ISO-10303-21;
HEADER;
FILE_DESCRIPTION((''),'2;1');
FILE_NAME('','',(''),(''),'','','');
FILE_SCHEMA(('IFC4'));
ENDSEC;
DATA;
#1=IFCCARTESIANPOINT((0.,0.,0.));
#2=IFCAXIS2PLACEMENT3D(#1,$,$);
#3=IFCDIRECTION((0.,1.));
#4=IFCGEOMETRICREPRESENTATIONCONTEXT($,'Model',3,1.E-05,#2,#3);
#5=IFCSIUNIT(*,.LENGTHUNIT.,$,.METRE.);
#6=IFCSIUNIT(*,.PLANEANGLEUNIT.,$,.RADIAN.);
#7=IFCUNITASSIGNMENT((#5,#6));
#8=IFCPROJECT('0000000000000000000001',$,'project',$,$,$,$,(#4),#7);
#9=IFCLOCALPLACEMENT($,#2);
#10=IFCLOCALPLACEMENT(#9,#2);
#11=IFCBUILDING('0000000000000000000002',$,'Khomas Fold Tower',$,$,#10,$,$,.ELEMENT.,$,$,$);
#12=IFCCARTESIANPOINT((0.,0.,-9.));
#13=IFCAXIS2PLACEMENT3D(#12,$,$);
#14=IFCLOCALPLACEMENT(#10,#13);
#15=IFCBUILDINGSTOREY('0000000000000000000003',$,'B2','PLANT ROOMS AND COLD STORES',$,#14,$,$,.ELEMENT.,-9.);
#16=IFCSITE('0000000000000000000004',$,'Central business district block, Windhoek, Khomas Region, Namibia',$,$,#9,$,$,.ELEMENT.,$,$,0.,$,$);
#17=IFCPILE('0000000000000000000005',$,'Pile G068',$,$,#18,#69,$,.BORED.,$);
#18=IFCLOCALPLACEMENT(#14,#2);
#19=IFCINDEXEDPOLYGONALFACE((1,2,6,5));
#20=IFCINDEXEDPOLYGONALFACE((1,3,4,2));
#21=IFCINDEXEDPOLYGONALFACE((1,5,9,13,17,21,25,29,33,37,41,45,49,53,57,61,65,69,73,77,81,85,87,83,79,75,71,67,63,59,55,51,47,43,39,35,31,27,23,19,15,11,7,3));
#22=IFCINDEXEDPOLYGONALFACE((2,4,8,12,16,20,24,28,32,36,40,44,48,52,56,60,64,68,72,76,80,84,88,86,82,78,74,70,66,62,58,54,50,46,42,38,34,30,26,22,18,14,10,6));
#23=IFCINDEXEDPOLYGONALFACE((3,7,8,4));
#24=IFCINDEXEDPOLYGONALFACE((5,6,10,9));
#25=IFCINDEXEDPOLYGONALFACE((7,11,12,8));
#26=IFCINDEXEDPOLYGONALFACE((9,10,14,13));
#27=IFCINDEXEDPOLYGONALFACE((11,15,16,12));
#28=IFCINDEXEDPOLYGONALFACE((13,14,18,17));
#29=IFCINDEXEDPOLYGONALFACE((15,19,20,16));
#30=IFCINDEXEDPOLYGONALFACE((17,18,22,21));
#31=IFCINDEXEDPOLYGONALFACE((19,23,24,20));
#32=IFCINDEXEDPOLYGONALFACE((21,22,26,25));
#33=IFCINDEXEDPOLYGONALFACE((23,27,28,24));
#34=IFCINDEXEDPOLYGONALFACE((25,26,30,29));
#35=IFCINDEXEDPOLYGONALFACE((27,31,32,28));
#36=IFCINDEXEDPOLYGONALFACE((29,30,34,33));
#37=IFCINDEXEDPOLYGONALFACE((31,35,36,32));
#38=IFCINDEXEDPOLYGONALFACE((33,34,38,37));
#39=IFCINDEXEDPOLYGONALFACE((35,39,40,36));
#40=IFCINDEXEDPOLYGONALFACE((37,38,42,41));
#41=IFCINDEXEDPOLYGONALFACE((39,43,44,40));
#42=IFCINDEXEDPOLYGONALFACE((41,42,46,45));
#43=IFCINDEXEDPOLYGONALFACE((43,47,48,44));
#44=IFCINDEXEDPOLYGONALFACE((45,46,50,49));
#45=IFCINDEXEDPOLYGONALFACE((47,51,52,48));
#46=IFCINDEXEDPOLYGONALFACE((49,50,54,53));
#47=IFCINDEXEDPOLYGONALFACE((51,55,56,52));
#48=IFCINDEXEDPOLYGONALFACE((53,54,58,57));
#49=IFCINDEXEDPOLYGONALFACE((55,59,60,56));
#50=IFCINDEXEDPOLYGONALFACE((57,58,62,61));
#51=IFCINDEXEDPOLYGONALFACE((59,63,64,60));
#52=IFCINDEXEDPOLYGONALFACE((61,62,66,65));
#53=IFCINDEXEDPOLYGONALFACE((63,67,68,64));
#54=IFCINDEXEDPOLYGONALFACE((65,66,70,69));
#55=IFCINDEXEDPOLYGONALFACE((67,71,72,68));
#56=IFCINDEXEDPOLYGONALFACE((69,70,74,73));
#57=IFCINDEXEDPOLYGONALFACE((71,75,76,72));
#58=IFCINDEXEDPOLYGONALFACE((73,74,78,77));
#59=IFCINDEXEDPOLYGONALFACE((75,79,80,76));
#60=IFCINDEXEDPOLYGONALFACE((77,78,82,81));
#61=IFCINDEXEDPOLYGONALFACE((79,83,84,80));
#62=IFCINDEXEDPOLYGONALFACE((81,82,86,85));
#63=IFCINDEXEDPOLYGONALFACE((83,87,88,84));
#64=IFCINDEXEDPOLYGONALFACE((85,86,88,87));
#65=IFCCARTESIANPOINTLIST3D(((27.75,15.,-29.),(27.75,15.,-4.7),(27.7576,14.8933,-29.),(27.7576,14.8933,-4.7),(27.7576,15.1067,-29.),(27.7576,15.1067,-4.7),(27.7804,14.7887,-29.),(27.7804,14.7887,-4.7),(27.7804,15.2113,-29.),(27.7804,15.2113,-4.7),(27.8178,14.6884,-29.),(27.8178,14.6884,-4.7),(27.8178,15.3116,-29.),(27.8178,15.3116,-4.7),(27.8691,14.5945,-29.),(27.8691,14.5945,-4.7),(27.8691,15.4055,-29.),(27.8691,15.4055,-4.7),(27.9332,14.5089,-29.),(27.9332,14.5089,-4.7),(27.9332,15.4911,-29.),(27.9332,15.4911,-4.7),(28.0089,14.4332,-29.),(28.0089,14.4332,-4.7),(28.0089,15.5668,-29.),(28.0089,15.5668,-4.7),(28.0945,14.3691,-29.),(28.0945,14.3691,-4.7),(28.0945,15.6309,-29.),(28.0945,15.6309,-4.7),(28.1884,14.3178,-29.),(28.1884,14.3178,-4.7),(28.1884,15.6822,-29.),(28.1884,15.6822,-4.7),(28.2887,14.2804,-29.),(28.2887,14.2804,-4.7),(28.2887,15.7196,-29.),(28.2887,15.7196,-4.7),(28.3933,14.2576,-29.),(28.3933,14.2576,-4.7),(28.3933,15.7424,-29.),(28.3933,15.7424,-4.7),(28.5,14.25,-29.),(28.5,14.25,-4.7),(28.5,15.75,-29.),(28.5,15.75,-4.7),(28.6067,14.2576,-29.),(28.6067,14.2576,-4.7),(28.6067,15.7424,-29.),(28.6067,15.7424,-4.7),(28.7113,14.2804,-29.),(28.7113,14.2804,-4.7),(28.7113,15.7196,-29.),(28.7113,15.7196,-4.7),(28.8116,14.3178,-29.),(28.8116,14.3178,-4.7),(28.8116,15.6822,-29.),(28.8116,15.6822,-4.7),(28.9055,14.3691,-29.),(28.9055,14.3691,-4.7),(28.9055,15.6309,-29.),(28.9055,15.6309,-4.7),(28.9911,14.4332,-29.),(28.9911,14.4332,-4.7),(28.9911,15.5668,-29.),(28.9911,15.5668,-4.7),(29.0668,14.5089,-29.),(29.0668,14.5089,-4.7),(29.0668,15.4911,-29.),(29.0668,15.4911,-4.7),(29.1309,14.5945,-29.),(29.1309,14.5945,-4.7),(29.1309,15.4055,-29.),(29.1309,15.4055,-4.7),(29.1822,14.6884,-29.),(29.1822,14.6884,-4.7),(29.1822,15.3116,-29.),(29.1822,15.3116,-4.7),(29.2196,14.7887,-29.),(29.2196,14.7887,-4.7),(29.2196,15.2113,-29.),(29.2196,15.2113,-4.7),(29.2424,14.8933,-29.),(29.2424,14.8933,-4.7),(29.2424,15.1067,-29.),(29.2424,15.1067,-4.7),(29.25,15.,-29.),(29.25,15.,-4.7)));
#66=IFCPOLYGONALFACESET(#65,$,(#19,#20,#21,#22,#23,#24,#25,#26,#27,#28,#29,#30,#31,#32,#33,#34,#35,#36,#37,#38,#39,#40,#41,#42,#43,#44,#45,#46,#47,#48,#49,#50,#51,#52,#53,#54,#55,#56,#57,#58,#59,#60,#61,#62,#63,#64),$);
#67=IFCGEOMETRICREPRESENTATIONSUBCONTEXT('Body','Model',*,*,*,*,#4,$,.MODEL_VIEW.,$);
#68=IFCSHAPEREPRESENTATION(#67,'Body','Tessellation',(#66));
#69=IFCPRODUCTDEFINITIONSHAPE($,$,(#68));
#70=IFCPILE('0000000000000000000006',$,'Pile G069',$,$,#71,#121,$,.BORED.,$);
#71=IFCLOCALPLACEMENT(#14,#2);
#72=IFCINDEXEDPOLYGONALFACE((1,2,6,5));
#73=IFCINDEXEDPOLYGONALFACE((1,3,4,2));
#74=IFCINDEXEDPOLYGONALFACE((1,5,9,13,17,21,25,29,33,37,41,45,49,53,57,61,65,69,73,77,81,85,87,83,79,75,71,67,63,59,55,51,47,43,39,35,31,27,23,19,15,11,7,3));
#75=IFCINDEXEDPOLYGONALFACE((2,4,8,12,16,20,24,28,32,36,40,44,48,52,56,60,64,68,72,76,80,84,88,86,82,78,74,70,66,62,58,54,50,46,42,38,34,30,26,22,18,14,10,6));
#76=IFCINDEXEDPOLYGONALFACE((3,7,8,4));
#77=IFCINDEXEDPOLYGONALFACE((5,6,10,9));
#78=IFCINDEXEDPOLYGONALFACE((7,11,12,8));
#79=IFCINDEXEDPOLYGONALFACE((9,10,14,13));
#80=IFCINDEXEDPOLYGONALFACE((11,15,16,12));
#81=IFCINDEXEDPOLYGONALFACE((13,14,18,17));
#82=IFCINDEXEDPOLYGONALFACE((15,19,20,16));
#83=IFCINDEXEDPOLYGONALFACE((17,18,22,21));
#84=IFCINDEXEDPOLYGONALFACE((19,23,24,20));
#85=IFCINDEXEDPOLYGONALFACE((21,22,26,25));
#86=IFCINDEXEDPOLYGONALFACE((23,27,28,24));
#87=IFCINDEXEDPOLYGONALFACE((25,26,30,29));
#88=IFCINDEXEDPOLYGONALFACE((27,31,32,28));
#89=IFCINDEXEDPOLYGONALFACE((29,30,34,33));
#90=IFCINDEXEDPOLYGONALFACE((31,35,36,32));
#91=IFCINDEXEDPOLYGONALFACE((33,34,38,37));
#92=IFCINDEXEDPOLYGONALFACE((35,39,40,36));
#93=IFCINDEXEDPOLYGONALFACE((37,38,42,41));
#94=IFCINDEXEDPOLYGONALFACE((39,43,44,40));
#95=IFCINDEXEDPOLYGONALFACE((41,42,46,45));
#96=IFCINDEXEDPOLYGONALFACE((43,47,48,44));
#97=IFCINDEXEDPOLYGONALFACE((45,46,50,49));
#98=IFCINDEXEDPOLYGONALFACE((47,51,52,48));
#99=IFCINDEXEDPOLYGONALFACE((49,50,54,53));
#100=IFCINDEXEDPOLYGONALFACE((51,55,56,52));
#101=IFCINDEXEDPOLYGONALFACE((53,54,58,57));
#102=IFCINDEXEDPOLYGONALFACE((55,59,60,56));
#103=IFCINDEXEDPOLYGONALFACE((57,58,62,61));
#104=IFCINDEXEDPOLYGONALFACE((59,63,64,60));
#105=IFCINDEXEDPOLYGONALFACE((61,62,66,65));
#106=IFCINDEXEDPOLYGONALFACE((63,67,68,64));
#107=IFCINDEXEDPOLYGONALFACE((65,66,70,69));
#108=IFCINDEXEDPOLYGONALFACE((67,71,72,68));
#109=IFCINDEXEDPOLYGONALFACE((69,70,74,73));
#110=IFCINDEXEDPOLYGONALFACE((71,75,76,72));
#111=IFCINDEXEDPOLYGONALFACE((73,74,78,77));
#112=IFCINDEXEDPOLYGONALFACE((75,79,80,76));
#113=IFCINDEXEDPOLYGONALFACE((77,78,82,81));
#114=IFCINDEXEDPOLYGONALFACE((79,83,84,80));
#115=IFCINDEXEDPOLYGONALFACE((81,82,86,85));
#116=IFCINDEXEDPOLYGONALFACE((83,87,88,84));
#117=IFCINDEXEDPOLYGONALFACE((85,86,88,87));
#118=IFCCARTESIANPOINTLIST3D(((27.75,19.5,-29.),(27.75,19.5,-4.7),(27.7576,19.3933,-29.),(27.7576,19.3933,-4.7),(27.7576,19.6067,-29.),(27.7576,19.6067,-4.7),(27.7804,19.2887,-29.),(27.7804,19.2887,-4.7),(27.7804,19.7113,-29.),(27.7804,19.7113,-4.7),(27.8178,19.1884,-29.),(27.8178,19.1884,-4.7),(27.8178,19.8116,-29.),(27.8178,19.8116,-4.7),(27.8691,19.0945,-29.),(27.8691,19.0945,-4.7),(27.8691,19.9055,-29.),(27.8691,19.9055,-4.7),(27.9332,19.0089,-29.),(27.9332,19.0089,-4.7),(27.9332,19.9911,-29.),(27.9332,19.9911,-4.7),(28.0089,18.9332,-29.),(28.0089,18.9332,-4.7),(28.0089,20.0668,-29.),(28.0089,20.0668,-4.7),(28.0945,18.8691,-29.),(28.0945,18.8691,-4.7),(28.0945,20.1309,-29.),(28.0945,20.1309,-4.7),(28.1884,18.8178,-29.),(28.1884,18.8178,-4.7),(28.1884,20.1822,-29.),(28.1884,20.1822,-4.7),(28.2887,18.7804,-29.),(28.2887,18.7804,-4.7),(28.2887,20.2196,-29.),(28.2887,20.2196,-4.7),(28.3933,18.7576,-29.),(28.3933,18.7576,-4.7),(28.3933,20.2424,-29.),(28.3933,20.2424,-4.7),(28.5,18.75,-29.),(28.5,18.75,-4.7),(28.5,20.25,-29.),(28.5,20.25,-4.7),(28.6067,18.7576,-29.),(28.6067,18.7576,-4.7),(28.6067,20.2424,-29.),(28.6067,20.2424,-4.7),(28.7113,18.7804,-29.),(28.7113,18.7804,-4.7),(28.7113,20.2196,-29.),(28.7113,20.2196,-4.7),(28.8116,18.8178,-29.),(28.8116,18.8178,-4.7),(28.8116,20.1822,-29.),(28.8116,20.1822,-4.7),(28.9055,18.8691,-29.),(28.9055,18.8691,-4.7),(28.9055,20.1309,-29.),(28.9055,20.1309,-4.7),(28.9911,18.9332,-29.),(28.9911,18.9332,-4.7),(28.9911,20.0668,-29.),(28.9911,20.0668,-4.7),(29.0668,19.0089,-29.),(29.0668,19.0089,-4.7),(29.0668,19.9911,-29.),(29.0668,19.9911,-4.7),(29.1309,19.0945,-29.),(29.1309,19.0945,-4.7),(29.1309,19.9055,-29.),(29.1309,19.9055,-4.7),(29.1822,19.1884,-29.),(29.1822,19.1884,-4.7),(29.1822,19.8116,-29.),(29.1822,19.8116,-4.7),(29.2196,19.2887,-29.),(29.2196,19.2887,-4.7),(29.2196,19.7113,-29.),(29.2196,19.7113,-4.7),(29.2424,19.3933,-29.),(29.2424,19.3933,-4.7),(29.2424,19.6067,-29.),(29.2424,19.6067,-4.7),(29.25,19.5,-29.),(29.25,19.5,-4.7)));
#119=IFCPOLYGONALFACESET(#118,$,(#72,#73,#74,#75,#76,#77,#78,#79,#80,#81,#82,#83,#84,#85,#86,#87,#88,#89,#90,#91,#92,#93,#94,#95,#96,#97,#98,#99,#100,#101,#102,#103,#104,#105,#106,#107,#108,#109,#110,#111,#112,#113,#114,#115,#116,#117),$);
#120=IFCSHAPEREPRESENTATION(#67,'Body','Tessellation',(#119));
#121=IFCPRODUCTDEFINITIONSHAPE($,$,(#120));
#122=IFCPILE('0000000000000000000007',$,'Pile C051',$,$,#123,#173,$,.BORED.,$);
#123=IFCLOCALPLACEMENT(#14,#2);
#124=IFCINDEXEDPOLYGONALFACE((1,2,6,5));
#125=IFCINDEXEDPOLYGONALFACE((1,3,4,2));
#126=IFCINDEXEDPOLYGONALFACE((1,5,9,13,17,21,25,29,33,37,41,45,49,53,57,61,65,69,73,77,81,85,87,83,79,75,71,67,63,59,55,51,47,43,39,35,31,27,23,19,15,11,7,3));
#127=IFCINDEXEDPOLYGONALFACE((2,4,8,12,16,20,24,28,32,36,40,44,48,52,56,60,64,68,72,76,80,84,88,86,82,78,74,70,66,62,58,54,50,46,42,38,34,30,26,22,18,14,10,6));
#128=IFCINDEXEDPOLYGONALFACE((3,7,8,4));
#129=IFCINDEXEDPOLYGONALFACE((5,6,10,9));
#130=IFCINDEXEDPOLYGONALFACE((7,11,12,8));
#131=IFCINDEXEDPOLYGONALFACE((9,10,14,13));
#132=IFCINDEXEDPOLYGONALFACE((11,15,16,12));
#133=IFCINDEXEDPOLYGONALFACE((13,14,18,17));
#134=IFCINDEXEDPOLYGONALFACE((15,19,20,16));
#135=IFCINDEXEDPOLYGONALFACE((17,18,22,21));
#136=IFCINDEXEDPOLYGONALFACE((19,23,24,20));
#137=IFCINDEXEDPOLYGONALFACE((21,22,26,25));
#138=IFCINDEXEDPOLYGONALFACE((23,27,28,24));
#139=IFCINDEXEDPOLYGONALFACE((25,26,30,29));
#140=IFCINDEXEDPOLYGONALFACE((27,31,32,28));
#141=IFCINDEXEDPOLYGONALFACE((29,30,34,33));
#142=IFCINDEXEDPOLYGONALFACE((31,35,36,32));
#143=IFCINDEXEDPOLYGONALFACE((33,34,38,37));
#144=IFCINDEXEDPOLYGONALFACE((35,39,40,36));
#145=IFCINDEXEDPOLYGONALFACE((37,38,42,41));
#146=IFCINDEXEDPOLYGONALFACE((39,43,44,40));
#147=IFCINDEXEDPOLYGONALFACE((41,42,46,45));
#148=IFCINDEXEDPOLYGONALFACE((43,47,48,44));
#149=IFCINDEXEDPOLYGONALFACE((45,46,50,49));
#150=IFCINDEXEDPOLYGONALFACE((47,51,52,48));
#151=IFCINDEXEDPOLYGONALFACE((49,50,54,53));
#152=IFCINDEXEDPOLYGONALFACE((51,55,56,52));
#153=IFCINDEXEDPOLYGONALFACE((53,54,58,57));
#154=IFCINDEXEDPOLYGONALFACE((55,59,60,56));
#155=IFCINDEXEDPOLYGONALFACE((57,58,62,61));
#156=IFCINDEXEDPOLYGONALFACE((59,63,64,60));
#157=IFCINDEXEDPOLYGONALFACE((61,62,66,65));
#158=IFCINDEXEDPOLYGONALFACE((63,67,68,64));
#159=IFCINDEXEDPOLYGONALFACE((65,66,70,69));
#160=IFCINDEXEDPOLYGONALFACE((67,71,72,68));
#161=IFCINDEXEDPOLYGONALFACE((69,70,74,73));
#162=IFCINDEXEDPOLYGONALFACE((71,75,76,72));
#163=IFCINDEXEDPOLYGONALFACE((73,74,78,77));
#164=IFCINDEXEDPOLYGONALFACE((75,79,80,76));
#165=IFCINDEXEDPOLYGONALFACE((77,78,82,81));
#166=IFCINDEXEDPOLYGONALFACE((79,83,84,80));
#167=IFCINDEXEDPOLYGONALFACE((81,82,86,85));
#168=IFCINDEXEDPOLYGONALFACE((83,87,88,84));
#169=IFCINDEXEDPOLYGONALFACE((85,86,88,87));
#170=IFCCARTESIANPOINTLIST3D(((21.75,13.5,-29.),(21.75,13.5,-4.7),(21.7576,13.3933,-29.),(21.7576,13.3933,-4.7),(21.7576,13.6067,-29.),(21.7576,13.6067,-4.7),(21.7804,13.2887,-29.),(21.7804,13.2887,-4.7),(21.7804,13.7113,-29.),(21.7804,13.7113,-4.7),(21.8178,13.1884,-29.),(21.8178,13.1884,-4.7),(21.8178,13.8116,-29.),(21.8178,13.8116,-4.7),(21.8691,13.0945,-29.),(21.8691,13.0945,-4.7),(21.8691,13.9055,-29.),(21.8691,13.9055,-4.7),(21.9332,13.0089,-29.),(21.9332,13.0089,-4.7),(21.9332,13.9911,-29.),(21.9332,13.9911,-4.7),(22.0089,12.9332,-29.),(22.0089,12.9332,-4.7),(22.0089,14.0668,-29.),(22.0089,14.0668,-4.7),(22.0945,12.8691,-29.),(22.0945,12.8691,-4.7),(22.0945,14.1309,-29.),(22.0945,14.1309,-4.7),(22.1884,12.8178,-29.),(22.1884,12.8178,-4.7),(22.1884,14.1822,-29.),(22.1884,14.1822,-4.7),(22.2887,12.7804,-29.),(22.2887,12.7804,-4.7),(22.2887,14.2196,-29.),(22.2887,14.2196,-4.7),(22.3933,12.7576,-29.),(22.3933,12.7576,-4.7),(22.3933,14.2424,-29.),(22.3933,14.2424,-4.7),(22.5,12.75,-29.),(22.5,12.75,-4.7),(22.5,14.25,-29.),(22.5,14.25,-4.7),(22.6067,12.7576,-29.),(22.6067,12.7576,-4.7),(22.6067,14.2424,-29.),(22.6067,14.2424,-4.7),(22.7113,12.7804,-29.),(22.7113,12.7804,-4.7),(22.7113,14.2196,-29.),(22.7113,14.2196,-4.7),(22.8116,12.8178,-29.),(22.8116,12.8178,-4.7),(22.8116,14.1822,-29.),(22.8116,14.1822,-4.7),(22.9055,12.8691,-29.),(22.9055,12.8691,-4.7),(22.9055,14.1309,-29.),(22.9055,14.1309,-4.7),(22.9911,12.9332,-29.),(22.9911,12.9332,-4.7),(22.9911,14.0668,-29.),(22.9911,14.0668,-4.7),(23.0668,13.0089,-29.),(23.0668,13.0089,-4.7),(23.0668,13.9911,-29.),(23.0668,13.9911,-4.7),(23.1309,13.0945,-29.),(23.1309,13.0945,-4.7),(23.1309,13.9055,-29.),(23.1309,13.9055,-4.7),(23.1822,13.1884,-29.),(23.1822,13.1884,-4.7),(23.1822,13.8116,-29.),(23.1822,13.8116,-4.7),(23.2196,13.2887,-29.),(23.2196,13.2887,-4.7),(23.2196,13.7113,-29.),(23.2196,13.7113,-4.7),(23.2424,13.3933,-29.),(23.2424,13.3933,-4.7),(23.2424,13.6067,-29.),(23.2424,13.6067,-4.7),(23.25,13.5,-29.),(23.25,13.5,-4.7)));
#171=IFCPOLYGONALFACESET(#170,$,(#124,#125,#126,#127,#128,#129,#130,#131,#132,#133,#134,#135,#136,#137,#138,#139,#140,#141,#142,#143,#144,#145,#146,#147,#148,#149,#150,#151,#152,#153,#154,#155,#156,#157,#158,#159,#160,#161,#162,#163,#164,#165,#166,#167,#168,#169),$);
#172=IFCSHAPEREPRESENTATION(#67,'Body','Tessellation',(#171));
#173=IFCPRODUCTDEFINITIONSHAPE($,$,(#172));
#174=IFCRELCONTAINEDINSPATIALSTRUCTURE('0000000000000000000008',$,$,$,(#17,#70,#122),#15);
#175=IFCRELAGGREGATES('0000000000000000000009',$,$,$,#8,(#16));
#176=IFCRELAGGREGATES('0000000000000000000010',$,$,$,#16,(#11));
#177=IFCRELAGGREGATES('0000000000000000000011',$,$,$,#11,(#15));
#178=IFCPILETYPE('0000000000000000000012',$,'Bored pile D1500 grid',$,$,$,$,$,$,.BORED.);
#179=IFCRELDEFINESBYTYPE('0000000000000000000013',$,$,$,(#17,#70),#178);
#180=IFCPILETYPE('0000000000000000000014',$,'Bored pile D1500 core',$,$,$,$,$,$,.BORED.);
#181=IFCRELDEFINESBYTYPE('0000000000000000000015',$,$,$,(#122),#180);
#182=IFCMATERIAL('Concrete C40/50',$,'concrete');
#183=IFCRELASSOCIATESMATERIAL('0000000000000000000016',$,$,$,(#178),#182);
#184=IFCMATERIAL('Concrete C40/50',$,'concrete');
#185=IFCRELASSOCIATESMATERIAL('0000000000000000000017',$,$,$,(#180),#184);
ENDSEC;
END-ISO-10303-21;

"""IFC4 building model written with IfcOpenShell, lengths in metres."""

from ifc_helpers import new_model, si_unit, direction, frame, origin, origin_2d, place, context, subcontext, project, spatial, circle, extrude, source, transform, mapped, material, material_profile, profile_set, type_object, element, save


model = new_model("IFC4")

# Units and contexts
model_context = context("Model", 3, precision=1e-05, world=origin(), true_north=direction((0.0, 1.0)))
body_context = subcontext(model_context, "Body", "Model", "MODEL_VIEW")
ifc_project = project(units=[si_unit("LENGTHUNIT", "METRE"), si_unit("PLANEANGLEUNIT", "RADIAN")], contexts=[model_context])

# Site, building, storey
site_placement = place(None, origin())
site = spatial("IfcSite", under=ifc_project, at=site_placement, Name="Central business district block, Windhoek, Khomas Region, Namibia", CompositionType="ELEMENT", RefElevation=0.0)
building_placement = place(site_placement, origin())
building = spatial("IfcBuilding", under=site, at=building_placement, Name="Khomas Fold Tower", CompositionType="ELEMENT")
storey_placement = place(building_placement, frame((0.0, 0.0, -9.0)))
storey = spatial("IfcBuildingStorey", under=building, at=storey_placement, Name="B2", Description="PLANT ROOMS AND COLD STORES", CompositionType="ELEMENT", Elevation=-9.0)

# Piles
ifc_material_1 = material(Name="Concrete C40/50", Category="concrete")
ifc_material_profile_1 = material_profile(ifc_material_1, circle(Radius=0.75, at=origin_2d()), Name="PILE D1500")
ifc_profile_set_1 = profile_set([ifc_material_profile_1], Name="Concrete C40/50")
pile_type_1 = type_object("IfcPileType", Name="Bored pile D1500 grid", PredefinedType="BORED", material=ifc_profile_set_1)
shared_shape_1 = source(origin(), body_context, "Body", "SweptSolid", [
    extrude(circle(Radius=0.75, at=origin_2d()), origin(), (0.0, 0.0, 1.0), 24.3),
])
for number, where, z_axis, x_axis, name in (
    (1, (28.5, 15.0, -4.7), (0.0, 0.0, -1.0), (1.0, 0.0, 0.0), "Pile G068"),
    (2, (28.5, 19.5, -4.7), (0.0, 0.0, -1.0), (1.0, 0.0, 0.0), "Pile G069"),
):
    element("IfcPile", number, at=place(storey_placement, frame(where, z_axis=z_axis, x_axis=x_axis)), inside=storey, type_object=pile_type_1, Name=name, PredefinedType="BORED", context=body_context, shape_type="MappedRepresentation", body=[
        mapped(shared_shape_1, transform((0.0, 0.0, 0.0))),
    ])
ifc_material_2 = material(Name="Concrete C40/50", Category="concrete")
ifc_material_profile_2 = material_profile(ifc_material_2, circle(Radius=0.75, at=origin_2d()), Name="PILE D1500")
ifc_profile_set_2 = profile_set([ifc_material_profile_2], Name="Concrete C40/50")
pile_type_2 = type_object("IfcPileType", Name="Bored pile D1500 core", PredefinedType="BORED", material=ifc_profile_set_2)
shared_shape_2 = source(origin(), body_context, "Body", "SweptSolid", [
    extrude(circle(Radius=0.75, at=origin_2d()), origin(), (0.0, 0.0, 1.0), 24.3),
])
for number, where, z_axis, x_axis, name in (
    (3, (22.5, 13.5, -4.7), (0.0, 0.0, -1.0), (1.0, 0.0, 0.0), "Pile C051"),
):
    element("IfcPile", number, at=place(storey_placement, frame(where, z_axis=z_axis, x_axis=x_axis)), inside=storey, type_object=pile_type_2, Name=name, PredefinedType="BORED", context=body_context, shape_type="MappedRepresentation", body=[
        mapped(shared_shape_2, transform((0.0, 0.0, 0.0))),
    ])

save(model, "model.ifc")
